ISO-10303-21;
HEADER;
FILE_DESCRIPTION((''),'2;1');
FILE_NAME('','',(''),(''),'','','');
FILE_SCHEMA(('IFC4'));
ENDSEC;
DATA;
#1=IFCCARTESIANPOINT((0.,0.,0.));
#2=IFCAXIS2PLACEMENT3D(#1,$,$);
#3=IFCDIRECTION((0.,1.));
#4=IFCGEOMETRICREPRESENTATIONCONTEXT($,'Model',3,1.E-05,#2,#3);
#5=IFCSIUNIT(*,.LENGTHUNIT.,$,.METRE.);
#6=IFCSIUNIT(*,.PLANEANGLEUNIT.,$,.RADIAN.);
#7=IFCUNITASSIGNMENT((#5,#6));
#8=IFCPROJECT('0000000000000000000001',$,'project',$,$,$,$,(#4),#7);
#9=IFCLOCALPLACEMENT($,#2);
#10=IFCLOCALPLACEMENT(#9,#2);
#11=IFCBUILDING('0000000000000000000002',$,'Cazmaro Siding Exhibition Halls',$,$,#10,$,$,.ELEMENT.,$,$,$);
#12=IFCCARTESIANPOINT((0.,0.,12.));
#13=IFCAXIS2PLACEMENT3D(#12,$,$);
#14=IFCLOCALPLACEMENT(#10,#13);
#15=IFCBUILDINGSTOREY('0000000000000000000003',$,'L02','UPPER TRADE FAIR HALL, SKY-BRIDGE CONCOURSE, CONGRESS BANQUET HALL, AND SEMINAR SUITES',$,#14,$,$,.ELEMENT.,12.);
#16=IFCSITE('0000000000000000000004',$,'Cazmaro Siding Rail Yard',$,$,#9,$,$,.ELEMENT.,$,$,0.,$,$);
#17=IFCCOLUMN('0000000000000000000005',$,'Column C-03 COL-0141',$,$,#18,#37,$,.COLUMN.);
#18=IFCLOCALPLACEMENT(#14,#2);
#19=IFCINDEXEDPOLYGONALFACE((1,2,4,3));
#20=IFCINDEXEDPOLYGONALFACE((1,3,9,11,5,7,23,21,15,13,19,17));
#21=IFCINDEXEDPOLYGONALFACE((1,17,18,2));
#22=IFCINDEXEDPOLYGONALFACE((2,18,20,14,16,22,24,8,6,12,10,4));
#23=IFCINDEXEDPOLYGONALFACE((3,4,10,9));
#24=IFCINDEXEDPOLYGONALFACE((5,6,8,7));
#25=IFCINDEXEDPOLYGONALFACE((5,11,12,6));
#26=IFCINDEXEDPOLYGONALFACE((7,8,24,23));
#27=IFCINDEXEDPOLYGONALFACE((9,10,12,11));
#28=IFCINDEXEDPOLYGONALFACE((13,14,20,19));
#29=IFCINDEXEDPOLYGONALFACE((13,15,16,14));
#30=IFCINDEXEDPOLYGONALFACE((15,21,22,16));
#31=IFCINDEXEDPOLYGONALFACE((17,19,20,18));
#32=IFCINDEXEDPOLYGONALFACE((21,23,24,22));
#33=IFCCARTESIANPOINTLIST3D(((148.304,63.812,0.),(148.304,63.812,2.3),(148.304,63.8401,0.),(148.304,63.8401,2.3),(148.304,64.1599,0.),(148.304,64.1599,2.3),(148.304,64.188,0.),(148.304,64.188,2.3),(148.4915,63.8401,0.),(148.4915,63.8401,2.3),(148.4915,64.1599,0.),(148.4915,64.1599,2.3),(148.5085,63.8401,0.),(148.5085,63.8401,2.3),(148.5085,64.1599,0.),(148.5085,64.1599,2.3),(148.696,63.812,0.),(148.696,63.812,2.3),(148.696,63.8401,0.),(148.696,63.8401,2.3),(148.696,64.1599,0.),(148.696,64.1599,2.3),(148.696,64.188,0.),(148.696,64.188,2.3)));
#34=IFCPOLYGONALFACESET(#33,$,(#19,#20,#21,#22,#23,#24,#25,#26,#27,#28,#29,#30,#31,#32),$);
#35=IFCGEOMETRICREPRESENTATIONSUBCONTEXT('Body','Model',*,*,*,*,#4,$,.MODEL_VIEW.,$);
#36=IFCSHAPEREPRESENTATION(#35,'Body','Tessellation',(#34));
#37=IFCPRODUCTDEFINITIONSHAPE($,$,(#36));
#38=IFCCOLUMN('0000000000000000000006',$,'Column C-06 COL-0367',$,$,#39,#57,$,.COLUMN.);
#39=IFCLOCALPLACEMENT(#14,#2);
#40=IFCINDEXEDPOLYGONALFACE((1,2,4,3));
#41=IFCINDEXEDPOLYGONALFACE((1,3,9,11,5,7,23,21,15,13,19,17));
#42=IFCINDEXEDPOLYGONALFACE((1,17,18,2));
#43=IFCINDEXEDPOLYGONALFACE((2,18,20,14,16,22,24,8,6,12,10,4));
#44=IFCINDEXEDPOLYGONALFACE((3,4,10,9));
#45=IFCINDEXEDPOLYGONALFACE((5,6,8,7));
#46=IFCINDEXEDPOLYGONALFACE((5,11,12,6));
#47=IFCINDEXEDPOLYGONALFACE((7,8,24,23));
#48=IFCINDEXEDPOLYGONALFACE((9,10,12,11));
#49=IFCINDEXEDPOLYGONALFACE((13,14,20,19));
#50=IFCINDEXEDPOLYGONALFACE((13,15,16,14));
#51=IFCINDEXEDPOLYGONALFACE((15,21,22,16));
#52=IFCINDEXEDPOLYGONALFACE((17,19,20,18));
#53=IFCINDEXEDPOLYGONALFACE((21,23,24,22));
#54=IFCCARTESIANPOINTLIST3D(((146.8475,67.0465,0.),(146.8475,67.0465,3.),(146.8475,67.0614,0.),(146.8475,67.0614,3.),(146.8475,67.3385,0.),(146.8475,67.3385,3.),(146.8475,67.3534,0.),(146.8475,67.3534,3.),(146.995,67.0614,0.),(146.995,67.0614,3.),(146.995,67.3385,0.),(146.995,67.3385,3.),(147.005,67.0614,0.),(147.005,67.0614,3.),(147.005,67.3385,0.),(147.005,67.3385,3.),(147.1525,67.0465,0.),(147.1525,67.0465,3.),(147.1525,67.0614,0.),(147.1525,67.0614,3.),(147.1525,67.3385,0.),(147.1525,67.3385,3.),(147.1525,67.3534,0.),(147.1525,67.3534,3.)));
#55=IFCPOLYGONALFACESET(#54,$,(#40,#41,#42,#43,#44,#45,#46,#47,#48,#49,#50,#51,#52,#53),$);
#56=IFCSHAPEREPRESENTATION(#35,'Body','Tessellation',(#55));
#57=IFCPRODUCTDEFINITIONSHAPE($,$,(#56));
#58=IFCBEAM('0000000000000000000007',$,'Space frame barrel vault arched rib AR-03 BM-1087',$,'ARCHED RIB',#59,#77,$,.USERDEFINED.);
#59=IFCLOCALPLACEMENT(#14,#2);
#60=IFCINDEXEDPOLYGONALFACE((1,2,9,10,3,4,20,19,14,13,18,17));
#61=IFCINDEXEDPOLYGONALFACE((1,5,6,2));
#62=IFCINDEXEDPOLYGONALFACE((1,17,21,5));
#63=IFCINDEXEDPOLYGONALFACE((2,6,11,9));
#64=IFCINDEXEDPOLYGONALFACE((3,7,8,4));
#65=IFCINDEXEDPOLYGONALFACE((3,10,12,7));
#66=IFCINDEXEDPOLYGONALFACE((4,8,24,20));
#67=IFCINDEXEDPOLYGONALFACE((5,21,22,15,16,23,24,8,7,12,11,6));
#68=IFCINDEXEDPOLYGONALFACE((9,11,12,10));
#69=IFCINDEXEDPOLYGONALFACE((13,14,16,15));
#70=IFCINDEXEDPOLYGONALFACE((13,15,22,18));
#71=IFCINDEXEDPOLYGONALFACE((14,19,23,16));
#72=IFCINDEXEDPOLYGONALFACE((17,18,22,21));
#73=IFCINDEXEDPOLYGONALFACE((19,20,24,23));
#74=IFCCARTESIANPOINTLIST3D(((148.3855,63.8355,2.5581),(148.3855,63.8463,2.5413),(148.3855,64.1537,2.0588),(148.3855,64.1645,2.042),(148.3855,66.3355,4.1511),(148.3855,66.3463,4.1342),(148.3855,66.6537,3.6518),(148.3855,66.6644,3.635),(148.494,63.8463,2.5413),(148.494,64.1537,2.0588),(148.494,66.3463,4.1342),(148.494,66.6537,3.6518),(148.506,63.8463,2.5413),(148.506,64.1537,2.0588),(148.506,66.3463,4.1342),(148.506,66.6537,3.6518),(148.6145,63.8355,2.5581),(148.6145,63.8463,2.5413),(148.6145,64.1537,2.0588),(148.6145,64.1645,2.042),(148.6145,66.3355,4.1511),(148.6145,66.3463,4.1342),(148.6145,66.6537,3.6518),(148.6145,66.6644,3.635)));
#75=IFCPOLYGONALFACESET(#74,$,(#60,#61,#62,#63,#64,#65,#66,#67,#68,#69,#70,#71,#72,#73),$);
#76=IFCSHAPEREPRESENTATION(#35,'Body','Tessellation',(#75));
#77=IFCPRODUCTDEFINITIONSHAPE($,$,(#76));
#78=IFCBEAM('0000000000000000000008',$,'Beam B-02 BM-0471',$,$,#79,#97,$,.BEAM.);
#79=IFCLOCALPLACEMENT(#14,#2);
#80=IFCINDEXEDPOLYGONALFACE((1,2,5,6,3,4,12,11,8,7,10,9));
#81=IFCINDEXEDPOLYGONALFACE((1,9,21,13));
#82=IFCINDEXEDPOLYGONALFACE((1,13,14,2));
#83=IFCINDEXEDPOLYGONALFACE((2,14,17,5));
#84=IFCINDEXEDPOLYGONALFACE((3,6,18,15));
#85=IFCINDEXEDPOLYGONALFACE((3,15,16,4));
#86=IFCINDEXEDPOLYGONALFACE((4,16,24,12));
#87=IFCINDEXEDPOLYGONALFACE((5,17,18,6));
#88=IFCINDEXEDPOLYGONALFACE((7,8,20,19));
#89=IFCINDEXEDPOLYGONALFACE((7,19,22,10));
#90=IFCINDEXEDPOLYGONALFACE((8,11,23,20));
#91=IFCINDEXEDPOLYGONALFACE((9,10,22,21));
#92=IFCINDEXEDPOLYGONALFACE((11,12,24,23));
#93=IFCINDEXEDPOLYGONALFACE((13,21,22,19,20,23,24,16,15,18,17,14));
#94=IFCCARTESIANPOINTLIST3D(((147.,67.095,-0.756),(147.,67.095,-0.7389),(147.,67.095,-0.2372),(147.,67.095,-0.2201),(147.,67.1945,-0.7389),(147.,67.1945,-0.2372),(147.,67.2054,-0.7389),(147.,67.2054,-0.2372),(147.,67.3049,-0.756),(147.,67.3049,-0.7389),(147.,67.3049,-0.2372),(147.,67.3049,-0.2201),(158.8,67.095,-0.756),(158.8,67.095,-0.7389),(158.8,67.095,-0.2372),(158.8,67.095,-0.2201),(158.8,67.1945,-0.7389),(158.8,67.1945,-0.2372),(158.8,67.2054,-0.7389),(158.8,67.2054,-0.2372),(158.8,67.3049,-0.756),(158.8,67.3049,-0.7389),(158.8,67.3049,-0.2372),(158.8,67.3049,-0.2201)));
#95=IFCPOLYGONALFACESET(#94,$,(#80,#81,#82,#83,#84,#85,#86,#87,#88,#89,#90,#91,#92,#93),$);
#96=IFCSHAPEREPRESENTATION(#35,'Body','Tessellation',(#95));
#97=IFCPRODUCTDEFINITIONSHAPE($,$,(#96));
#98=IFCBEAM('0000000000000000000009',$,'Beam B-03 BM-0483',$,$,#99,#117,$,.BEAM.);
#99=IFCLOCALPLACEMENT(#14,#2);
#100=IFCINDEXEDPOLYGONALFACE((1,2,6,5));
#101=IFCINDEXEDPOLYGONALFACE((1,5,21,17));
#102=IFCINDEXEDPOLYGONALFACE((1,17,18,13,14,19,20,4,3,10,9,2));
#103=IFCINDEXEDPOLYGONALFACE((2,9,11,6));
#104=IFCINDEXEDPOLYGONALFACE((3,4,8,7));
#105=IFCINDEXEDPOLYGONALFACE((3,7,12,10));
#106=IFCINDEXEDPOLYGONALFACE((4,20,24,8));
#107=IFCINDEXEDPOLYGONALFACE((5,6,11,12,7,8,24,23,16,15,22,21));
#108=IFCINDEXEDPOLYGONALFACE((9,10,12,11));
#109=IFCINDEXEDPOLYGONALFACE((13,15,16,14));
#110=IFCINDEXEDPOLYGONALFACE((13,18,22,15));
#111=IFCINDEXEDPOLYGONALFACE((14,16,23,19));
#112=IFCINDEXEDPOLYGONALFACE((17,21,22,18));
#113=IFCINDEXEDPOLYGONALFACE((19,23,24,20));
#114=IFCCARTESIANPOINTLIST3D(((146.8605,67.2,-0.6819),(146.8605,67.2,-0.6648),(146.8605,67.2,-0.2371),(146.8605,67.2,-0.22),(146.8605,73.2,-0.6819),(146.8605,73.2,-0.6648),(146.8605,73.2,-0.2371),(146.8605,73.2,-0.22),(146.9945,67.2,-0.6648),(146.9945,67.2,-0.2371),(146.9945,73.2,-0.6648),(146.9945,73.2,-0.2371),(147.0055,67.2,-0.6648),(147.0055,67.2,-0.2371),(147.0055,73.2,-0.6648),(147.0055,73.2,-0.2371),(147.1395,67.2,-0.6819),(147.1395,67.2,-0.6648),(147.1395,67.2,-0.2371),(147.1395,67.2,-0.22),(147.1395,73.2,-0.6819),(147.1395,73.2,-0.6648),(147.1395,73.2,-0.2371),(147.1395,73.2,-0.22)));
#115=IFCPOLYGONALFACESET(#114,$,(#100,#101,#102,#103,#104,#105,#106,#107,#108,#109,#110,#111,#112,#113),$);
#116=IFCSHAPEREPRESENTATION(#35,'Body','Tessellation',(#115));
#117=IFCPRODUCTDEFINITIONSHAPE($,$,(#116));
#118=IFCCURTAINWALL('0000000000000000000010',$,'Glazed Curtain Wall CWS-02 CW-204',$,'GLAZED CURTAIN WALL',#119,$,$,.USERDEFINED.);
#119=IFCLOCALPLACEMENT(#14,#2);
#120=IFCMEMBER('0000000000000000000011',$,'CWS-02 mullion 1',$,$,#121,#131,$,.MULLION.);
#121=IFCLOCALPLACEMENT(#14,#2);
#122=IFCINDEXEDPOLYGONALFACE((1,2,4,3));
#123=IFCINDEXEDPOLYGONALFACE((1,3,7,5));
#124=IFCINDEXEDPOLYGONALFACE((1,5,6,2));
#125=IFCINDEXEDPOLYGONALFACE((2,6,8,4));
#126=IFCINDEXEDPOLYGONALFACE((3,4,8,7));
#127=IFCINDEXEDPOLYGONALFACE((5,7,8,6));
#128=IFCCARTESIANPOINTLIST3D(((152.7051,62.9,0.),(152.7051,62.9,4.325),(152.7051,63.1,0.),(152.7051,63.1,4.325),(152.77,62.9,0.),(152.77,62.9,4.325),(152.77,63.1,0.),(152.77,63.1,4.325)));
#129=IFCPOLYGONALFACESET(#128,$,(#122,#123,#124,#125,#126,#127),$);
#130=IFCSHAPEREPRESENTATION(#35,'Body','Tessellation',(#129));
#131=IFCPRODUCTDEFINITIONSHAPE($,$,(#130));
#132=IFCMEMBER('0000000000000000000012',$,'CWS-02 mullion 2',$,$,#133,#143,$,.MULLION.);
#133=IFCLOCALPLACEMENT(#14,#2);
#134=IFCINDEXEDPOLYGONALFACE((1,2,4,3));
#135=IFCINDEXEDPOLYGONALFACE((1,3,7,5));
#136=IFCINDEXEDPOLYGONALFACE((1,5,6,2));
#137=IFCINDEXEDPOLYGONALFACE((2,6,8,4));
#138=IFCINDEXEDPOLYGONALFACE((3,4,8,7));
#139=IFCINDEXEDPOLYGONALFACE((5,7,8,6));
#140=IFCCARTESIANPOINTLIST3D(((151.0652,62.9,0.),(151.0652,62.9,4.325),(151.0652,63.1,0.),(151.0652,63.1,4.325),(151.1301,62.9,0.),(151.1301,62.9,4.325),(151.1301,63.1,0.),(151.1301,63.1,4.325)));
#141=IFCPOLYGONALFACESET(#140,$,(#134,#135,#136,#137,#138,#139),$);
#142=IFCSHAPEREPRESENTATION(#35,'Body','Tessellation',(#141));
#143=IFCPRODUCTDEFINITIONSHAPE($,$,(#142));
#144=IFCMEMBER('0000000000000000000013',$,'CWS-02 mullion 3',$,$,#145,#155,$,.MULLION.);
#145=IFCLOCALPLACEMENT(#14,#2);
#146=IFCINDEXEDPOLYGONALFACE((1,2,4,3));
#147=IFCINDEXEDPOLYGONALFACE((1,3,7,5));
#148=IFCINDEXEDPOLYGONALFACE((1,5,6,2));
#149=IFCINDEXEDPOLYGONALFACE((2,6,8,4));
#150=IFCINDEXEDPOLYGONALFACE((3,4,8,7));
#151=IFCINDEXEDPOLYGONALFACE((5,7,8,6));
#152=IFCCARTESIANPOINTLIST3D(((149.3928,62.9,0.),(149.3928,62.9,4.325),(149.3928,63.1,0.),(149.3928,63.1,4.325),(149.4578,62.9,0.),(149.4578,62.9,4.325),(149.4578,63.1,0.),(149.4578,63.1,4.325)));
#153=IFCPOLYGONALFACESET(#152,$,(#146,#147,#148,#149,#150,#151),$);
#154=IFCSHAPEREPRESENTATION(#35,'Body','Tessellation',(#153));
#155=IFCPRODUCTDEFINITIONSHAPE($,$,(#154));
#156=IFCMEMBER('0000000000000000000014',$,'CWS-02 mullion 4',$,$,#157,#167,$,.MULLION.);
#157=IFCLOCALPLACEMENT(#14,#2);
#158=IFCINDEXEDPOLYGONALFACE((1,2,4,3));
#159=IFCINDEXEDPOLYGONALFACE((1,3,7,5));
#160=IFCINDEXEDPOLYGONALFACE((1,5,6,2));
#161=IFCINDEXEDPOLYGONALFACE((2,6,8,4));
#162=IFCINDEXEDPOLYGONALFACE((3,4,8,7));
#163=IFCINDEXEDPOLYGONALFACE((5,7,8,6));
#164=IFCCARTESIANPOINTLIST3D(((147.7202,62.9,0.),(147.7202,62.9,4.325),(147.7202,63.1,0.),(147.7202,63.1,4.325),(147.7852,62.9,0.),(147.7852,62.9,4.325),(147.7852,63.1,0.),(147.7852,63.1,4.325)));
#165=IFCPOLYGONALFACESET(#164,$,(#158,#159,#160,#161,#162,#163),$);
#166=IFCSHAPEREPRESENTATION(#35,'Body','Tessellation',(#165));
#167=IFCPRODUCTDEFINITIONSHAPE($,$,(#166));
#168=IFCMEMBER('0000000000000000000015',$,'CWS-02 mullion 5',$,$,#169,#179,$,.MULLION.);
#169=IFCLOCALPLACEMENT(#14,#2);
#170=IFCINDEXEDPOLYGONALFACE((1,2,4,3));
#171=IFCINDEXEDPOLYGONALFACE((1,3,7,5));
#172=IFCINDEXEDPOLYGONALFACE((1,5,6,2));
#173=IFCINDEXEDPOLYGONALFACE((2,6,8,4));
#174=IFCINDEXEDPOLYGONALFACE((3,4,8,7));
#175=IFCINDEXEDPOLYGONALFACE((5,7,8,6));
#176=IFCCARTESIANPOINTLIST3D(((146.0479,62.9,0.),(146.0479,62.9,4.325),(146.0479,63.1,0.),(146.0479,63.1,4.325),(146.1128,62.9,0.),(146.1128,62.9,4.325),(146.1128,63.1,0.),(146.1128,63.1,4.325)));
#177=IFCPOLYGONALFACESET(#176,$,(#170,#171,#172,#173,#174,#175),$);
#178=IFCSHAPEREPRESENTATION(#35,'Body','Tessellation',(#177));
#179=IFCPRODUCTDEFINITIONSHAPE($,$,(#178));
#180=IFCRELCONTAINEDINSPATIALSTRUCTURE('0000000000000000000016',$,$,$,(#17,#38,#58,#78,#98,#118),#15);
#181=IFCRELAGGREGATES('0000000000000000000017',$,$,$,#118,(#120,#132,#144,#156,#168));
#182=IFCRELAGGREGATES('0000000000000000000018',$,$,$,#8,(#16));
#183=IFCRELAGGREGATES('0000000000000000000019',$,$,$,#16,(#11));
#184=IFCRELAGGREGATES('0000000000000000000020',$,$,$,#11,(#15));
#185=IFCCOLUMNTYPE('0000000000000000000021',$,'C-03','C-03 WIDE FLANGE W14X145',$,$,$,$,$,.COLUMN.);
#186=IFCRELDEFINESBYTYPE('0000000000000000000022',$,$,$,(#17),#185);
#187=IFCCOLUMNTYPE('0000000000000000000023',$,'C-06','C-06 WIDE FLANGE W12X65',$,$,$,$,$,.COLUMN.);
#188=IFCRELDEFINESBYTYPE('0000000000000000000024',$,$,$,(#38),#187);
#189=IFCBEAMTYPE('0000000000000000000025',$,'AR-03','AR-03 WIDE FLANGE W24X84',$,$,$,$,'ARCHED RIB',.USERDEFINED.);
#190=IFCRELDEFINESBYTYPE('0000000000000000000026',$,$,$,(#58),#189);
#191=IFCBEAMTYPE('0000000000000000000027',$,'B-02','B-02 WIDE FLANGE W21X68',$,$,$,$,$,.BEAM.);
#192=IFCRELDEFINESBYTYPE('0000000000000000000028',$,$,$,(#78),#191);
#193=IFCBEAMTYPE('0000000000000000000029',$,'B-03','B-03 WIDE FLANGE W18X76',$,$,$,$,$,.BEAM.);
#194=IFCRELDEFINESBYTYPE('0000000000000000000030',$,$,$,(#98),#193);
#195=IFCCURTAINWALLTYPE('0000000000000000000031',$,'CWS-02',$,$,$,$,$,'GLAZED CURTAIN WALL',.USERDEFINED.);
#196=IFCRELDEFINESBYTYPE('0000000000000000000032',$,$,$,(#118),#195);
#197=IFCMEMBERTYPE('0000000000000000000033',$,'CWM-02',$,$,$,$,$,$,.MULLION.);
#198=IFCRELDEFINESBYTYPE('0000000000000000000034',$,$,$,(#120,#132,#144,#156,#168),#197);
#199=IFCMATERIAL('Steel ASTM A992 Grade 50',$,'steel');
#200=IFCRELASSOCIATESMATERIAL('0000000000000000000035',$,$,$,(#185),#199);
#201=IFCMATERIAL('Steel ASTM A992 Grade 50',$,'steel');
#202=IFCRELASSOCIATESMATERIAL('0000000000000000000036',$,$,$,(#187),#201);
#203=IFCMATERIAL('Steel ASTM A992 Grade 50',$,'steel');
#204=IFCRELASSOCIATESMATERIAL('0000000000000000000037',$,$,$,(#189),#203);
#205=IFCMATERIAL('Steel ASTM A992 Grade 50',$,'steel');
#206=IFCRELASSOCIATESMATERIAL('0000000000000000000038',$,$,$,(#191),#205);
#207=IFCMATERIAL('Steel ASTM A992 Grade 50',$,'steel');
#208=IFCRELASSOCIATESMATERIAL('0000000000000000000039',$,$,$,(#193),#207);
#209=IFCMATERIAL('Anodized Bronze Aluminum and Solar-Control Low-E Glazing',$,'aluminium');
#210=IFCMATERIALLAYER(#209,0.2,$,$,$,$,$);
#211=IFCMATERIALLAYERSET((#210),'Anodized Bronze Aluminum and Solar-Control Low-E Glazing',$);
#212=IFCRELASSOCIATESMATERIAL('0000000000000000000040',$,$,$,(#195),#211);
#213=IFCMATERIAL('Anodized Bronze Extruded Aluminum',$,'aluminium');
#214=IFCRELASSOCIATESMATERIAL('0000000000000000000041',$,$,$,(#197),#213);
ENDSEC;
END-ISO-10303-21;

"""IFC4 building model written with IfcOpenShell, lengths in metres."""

from ifc_helpers import new_model, si_unit, direction, frame, origin, origin_2d, place, context, subcontext, project, spatial, rectangle, i_section, extrude, material, layer, layer_set, material_profile, profile_set, type_object, element, aggregate, save


model = new_model("IFC4")

# Units and contexts
model_context = context("Model", 3, precision=1e-05, world=origin(), true_north=direction((0.0, 1.0)))
body_context = subcontext(model_context, "Body", "Model", "MODEL_VIEW")
ifc_project = project(units=[si_unit("LENGTHUNIT", "METRE"), si_unit("PLANEANGLEUNIT", "RADIAN")], contexts=[model_context])

# Site, building, storey
site_placement = place(None, origin())
site = spatial("IfcSite", under=ifc_project, at=site_placement, Name="Cazmaro Siding Rail Yard", CompositionType="ELEMENT", RefElevation=0.0)
building_placement = place(site_placement, origin())
building = spatial("IfcBuilding", under=site, at=building_placement, Name="Cazmaro Siding Exhibition Halls", CompositionType="ELEMENT")
storey_placement = place(building_placement, frame((0.0, 0.0, 12.0)))
storey = spatial("IfcBuildingStorey", under=building, at=storey_placement, Name="L02", Description="UPPER TRADE FAIR HALL, SKY-BRIDGE CONCOURSE, CONGRESS BANQUET HALL, AND SEMINAR SUITES", CompositionType="ELEMENT", Elevation=12.0)

# Columns
ifc_material_1 = material(Name="Steel ASTM A992 Grade 50", Category="steel")
ifc_material_profile_1 = material_profile(ifc_material_1, i_section(OverallWidth=0.3921, OverallDepth=0.376, WebThickness=0.0171, FlangeThickness=0.0281, at=origin_2d()), Name="W14X145")
ifc_profile_set_1 = profile_set([ifc_material_profile_1], Name="Steel ASTM A992 Grade 50")
column_type_1 = type_object("IfcColumnType", Name="C-03", Description="C-03 WIDE FLANGE W14X145", PredefinedType="COLUMN", material=ifc_profile_set_1)
column_1_placement = place(storey_placement, frame((148.5, 64.0, 0.0), z_axis=(0.0, 0.0, 1.0), x_axis=(1.0, 0.0, 0.0)))
element("IfcColumn", 1, at=column_1_placement, inside=storey, type_object=column_type_1, Name="Column C-03 COL-0141", PredefinedType="COLUMN", context=body_context, shape_type="SweptSolid", body=[
    extrude(i_section(OverallWidth=0.3921, OverallDepth=0.376, WebThickness=0.0171, FlangeThickness=0.0281, at=origin_2d()), origin(), (0.0, 0.0, 1.0), 2.3),
])
ifc_material_2 = material(Name="Steel ASTM A992 Grade 50", Category="steel")
ifc_material_profile_2 = material_profile(ifc_material_2, i_section(OverallWidth=0.3049, OverallDepth=0.3069, WebThickness=0.01, FlangeThickness=0.0149, at=origin_2d()), Name="W12X65")
ifc_profile_set_2 = profile_set([ifc_material_profile_2], Name="Steel ASTM A992 Grade 50")
column_type_2 = type_object("IfcColumnType", Name="C-06", Description="C-06 WIDE FLANGE W12X65", PredefinedType="COLUMN", material=ifc_profile_set_2)
column_2_placement = place(storey_placement, frame((147.0, 67.2, 0.0), z_axis=(0.0, 0.0, 1.0), x_axis=(1.0, 0.0, 0.0)))
element("IfcColumn", 2, at=column_2_placement, inside=storey, type_object=column_type_2, Name="Column C-06 COL-0367", PredefinedType="COLUMN", context=body_context, shape_type="SweptSolid", body=[
    extrude(i_section(OverallWidth=0.3049, OverallDepth=0.3069, WebThickness=0.01, FlangeThickness=0.0149, at=origin_2d()), origin(), (0.0, 0.0, 1.0), 3.0),
])

# Beams
ifc_material_3 = material(Name="Steel ASTM A992 Grade 50", Category="steel")
ifc_material_profile_3 = material_profile(ifc_material_3, i_section(OverallWidth=0.229, OverallDepth=0.6121, WebThickness=0.012, FlangeThickness=0.02, at=origin_2d()), Name="W24X84")
ifc_profile_set_3 = profile_set([ifc_material_profile_3], Name="Steel ASTM A992 Grade 50")
beam_type_1 = type_object("IfcBeamType", Name="AR-03", Description="AR-03 WIDE FLANGE W24X84", ElementType="ARCHED RIB", PredefinedType="USERDEFINED", material=ifc_profile_set_3)
beam_1_placement = place(storey_placement, frame((148.5, 64.0, 2.3), z_axis=(0.0, 0.843339, 0.537382), x_axis=(-1.0, 0.0, 0.0)))
element("IfcBeam", 3, at=beam_1_placement, inside=storey, type_object=beam_type_1, Name="Space frame barrel vault arched rib AR-03 BM-1087", ObjectType="ARCHED RIB", PredefinedType="USERDEFINED", context=body_context, shape_type="SweptSolid", body=[
    extrude(i_section(OverallWidth=0.229, OverallDepth=0.6121, WebThickness=0.012, FlangeThickness=0.02, at=origin_2d()), origin(), (0.0, 0.0, 1.0), 2.9644),
])
ifc_material_4 = material(Name="Steel ASTM A992 Grade 50", Category="steel")
ifc_material_profile_4 = material_profile(ifc_material_4, i_section(OverallWidth=0.21, OverallDepth=0.5359, WebThickness=0.011, FlangeThickness=0.0171, at=origin_2d()), Name="W21X68")
ifc_profile_set_4 = profile_set([ifc_material_profile_4], Name="Steel ASTM A992 Grade 50")
beam_type_2 = type_object("IfcBeamType", Name="B-02", Description="B-02 WIDE FLANGE W21X68", PredefinedType="BEAM", material=ifc_profile_set_4)
beam_2_placement = place(storey_placement, frame((147.0, 67.2, -0.488), z_axis=(1.0, 0.0, 0.0), x_axis=(0.0, 1.0, 0.0)))
element("IfcBeam", 4, at=beam_2_placement, inside=storey, type_object=beam_type_2, Name="Beam B-02 BM-0471", PredefinedType="BEAM", context=body_context, shape_type="SweptSolid", body=[
    extrude(i_section(OverallWidth=0.21, OverallDepth=0.5359, WebThickness=0.011, FlangeThickness=0.0171, at=origin_2d()), origin(), (0.0, 0.0, 1.0), 11.8),
])
ifc_material_5 = material(Name="Steel ASTM A992 Grade 50", Category="steel")
ifc_material_profile_5 = material_profile(ifc_material_5, i_section(OverallWidth=0.2791, OverallDepth=0.4619, WebThickness=0.011, FlangeThickness=0.0171, at=origin_2d()), Name="W18X76")
ifc_profile_set_5 = profile_set([ifc_material_profile_5], Name="Steel ASTM A992 Grade 50")
beam_type_3 = type_object("IfcBeamType", Name="B-03", Description="B-03 WIDE FLANGE W18X76", PredefinedType="BEAM", material=ifc_profile_set_5)
beam_3_placement = place(storey_placement, frame((147.0, 67.2, -0.4509), z_axis=(0.0, 1.0, 0.0), x_axis=(-1.0, 0.0, 0.0)))
element("IfcBeam", 5, at=beam_3_placement, inside=storey, type_object=beam_type_3, Name="Beam B-03 BM-0483", PredefinedType="BEAM", context=body_context, shape_type="SweptSolid", body=[
    extrude(i_section(OverallWidth=0.2791, OverallDepth=0.4619, WebThickness=0.011, FlangeThickness=0.0171, at=origin_2d()), origin(), (0.0, 0.0, 1.0), 6.0),
])

# Curtain wall, members
ifc_material_6 = material(Name="Anodized Bronze Aluminum and Solar-Control Low-E Glazing", Category="aluminium")
ifc_layer_1 = layer(ifc_material_6, 0.2)
ifc_layer_set_1 = layer_set([ifc_layer_1], Name="Anodized Bronze Aluminum and Solar-Control Low-E Glazing")
curtain_wall_type = type_object("IfcCurtainWallType", Name="CWS-02", ElementType="GLAZED CURTAIN WALL", PredefinedType="USERDEFINED", material=ifc_layer_set_1)
curtain_wall_placement = place(storey_placement, origin())
curtain_wall = element("IfcCurtainWall", 6, at=curtain_wall_placement, inside=storey, type_object=curtain_wall_type, Name="Glazed Curtain Wall CWS-02 CW-204", ObjectType="GLAZED CURTAIN WALL", PredefinedType="USERDEFINED")
ifc_material_7 = material(Name="Anodized Bronze Extruded Aluminum", Category="aluminium")
ifc_material_profile_6 = material_profile(ifc_material_7, rectangle(XDim=0.2, YDim=0.0649, at=origin_2d()), Name="CWM-02")
ifc_profile_set_6 = profile_set([ifc_material_profile_6], Name="Anodized Bronze Extruded Aluminum")
member_type_1 = type_object("IfcMemberType", Name="CWM-02", PredefinedType="MULLION", material=ifc_profile_set_6)
member_1_placement = place(storey_placement, frame((152.7375, 63.0, 0.0), z_axis=(0.0, 0.0, 1.0), x_axis=(0.0, -1.0, 0.0)))
member_1 = element("IfcMember", 7, at=member_1_placement, type_object=member_type_1, Name="CWS-02 mullion 1", PredefinedType="MULLION", context=body_context, shape_type="SweptSolid", body=[
    extrude(rectangle(XDim=0.2, YDim=0.0649, at=origin_2d()), origin(), (0.0, 0.0, 1.0), 4.325),
])
member_2_placement = place(storey_placement, frame((151.0977, 63.0, 0.0), z_axis=(0.0, 0.0, 1.0), x_axis=(0.0, -1.0, 0.0)))
member_2 = element("IfcMember", 8, at=member_2_placement, type_object=member_type_1, Name="CWS-02 mullion 2", PredefinedType="MULLION", context=body_context, shape_type="SweptSolid", body=[
    extrude(rectangle(XDim=0.2, YDim=0.0649, at=origin_2d()), origin(), (0.0, 0.0, 1.0), 4.325),
])
member_3_placement = place(storey_placement, frame((149.4253, 63.0, 0.0), z_axis=(0.0, 0.0, 1.0), x_axis=(0.0, -1.0, 0.0)))
member_3 = element("IfcMember", 9, at=member_3_placement, type_object=member_type_1, Name="CWS-02 mullion 3", PredefinedType="MULLION", context=body_context, shape_type="SweptSolid", body=[
    extrude(rectangle(XDim=0.2, YDim=0.0649, at=origin_2d()), origin(), (0.0, 0.0, 1.0), 4.325),
])
member_4_placement = place(storey_placement, frame((147.7527, 63.0, 0.0), z_axis=(0.0, 0.0, 1.0), x_axis=(0.0, -1.0, 0.0)))
member_4 = element("IfcMember", 10, at=member_4_placement, type_object=member_type_1, Name="CWS-02 mullion 4", PredefinedType="MULLION", context=body_context, shape_type="SweptSolid", body=[
    extrude(rectangle(XDim=0.2, YDim=0.0649, at=origin_2d()), origin(), (0.0, 0.0, 1.0), 4.325),
])
member_5_placement = place(storey_placement, frame((146.0803, 63.0, 0.0), z_axis=(0.0, 0.0, 1.0), x_axis=(0.0, -1.0, 0.0)))
member_5 = element("IfcMember", 11, at=member_5_placement, type_object=member_type_1, Name="CWS-02 mullion 5", PredefinedType="MULLION", context=body_context, shape_type="SweptSolid", body=[
    extrude(rectangle(XDim=0.2, YDim=0.0649, at=origin_2d()), origin(), (0.0, 0.0, 1.0), 4.325),
])

aggregate(curtain_wall, [member_1, member_2, member_3, member_4, member_5])

save(model, "model.ifc")
